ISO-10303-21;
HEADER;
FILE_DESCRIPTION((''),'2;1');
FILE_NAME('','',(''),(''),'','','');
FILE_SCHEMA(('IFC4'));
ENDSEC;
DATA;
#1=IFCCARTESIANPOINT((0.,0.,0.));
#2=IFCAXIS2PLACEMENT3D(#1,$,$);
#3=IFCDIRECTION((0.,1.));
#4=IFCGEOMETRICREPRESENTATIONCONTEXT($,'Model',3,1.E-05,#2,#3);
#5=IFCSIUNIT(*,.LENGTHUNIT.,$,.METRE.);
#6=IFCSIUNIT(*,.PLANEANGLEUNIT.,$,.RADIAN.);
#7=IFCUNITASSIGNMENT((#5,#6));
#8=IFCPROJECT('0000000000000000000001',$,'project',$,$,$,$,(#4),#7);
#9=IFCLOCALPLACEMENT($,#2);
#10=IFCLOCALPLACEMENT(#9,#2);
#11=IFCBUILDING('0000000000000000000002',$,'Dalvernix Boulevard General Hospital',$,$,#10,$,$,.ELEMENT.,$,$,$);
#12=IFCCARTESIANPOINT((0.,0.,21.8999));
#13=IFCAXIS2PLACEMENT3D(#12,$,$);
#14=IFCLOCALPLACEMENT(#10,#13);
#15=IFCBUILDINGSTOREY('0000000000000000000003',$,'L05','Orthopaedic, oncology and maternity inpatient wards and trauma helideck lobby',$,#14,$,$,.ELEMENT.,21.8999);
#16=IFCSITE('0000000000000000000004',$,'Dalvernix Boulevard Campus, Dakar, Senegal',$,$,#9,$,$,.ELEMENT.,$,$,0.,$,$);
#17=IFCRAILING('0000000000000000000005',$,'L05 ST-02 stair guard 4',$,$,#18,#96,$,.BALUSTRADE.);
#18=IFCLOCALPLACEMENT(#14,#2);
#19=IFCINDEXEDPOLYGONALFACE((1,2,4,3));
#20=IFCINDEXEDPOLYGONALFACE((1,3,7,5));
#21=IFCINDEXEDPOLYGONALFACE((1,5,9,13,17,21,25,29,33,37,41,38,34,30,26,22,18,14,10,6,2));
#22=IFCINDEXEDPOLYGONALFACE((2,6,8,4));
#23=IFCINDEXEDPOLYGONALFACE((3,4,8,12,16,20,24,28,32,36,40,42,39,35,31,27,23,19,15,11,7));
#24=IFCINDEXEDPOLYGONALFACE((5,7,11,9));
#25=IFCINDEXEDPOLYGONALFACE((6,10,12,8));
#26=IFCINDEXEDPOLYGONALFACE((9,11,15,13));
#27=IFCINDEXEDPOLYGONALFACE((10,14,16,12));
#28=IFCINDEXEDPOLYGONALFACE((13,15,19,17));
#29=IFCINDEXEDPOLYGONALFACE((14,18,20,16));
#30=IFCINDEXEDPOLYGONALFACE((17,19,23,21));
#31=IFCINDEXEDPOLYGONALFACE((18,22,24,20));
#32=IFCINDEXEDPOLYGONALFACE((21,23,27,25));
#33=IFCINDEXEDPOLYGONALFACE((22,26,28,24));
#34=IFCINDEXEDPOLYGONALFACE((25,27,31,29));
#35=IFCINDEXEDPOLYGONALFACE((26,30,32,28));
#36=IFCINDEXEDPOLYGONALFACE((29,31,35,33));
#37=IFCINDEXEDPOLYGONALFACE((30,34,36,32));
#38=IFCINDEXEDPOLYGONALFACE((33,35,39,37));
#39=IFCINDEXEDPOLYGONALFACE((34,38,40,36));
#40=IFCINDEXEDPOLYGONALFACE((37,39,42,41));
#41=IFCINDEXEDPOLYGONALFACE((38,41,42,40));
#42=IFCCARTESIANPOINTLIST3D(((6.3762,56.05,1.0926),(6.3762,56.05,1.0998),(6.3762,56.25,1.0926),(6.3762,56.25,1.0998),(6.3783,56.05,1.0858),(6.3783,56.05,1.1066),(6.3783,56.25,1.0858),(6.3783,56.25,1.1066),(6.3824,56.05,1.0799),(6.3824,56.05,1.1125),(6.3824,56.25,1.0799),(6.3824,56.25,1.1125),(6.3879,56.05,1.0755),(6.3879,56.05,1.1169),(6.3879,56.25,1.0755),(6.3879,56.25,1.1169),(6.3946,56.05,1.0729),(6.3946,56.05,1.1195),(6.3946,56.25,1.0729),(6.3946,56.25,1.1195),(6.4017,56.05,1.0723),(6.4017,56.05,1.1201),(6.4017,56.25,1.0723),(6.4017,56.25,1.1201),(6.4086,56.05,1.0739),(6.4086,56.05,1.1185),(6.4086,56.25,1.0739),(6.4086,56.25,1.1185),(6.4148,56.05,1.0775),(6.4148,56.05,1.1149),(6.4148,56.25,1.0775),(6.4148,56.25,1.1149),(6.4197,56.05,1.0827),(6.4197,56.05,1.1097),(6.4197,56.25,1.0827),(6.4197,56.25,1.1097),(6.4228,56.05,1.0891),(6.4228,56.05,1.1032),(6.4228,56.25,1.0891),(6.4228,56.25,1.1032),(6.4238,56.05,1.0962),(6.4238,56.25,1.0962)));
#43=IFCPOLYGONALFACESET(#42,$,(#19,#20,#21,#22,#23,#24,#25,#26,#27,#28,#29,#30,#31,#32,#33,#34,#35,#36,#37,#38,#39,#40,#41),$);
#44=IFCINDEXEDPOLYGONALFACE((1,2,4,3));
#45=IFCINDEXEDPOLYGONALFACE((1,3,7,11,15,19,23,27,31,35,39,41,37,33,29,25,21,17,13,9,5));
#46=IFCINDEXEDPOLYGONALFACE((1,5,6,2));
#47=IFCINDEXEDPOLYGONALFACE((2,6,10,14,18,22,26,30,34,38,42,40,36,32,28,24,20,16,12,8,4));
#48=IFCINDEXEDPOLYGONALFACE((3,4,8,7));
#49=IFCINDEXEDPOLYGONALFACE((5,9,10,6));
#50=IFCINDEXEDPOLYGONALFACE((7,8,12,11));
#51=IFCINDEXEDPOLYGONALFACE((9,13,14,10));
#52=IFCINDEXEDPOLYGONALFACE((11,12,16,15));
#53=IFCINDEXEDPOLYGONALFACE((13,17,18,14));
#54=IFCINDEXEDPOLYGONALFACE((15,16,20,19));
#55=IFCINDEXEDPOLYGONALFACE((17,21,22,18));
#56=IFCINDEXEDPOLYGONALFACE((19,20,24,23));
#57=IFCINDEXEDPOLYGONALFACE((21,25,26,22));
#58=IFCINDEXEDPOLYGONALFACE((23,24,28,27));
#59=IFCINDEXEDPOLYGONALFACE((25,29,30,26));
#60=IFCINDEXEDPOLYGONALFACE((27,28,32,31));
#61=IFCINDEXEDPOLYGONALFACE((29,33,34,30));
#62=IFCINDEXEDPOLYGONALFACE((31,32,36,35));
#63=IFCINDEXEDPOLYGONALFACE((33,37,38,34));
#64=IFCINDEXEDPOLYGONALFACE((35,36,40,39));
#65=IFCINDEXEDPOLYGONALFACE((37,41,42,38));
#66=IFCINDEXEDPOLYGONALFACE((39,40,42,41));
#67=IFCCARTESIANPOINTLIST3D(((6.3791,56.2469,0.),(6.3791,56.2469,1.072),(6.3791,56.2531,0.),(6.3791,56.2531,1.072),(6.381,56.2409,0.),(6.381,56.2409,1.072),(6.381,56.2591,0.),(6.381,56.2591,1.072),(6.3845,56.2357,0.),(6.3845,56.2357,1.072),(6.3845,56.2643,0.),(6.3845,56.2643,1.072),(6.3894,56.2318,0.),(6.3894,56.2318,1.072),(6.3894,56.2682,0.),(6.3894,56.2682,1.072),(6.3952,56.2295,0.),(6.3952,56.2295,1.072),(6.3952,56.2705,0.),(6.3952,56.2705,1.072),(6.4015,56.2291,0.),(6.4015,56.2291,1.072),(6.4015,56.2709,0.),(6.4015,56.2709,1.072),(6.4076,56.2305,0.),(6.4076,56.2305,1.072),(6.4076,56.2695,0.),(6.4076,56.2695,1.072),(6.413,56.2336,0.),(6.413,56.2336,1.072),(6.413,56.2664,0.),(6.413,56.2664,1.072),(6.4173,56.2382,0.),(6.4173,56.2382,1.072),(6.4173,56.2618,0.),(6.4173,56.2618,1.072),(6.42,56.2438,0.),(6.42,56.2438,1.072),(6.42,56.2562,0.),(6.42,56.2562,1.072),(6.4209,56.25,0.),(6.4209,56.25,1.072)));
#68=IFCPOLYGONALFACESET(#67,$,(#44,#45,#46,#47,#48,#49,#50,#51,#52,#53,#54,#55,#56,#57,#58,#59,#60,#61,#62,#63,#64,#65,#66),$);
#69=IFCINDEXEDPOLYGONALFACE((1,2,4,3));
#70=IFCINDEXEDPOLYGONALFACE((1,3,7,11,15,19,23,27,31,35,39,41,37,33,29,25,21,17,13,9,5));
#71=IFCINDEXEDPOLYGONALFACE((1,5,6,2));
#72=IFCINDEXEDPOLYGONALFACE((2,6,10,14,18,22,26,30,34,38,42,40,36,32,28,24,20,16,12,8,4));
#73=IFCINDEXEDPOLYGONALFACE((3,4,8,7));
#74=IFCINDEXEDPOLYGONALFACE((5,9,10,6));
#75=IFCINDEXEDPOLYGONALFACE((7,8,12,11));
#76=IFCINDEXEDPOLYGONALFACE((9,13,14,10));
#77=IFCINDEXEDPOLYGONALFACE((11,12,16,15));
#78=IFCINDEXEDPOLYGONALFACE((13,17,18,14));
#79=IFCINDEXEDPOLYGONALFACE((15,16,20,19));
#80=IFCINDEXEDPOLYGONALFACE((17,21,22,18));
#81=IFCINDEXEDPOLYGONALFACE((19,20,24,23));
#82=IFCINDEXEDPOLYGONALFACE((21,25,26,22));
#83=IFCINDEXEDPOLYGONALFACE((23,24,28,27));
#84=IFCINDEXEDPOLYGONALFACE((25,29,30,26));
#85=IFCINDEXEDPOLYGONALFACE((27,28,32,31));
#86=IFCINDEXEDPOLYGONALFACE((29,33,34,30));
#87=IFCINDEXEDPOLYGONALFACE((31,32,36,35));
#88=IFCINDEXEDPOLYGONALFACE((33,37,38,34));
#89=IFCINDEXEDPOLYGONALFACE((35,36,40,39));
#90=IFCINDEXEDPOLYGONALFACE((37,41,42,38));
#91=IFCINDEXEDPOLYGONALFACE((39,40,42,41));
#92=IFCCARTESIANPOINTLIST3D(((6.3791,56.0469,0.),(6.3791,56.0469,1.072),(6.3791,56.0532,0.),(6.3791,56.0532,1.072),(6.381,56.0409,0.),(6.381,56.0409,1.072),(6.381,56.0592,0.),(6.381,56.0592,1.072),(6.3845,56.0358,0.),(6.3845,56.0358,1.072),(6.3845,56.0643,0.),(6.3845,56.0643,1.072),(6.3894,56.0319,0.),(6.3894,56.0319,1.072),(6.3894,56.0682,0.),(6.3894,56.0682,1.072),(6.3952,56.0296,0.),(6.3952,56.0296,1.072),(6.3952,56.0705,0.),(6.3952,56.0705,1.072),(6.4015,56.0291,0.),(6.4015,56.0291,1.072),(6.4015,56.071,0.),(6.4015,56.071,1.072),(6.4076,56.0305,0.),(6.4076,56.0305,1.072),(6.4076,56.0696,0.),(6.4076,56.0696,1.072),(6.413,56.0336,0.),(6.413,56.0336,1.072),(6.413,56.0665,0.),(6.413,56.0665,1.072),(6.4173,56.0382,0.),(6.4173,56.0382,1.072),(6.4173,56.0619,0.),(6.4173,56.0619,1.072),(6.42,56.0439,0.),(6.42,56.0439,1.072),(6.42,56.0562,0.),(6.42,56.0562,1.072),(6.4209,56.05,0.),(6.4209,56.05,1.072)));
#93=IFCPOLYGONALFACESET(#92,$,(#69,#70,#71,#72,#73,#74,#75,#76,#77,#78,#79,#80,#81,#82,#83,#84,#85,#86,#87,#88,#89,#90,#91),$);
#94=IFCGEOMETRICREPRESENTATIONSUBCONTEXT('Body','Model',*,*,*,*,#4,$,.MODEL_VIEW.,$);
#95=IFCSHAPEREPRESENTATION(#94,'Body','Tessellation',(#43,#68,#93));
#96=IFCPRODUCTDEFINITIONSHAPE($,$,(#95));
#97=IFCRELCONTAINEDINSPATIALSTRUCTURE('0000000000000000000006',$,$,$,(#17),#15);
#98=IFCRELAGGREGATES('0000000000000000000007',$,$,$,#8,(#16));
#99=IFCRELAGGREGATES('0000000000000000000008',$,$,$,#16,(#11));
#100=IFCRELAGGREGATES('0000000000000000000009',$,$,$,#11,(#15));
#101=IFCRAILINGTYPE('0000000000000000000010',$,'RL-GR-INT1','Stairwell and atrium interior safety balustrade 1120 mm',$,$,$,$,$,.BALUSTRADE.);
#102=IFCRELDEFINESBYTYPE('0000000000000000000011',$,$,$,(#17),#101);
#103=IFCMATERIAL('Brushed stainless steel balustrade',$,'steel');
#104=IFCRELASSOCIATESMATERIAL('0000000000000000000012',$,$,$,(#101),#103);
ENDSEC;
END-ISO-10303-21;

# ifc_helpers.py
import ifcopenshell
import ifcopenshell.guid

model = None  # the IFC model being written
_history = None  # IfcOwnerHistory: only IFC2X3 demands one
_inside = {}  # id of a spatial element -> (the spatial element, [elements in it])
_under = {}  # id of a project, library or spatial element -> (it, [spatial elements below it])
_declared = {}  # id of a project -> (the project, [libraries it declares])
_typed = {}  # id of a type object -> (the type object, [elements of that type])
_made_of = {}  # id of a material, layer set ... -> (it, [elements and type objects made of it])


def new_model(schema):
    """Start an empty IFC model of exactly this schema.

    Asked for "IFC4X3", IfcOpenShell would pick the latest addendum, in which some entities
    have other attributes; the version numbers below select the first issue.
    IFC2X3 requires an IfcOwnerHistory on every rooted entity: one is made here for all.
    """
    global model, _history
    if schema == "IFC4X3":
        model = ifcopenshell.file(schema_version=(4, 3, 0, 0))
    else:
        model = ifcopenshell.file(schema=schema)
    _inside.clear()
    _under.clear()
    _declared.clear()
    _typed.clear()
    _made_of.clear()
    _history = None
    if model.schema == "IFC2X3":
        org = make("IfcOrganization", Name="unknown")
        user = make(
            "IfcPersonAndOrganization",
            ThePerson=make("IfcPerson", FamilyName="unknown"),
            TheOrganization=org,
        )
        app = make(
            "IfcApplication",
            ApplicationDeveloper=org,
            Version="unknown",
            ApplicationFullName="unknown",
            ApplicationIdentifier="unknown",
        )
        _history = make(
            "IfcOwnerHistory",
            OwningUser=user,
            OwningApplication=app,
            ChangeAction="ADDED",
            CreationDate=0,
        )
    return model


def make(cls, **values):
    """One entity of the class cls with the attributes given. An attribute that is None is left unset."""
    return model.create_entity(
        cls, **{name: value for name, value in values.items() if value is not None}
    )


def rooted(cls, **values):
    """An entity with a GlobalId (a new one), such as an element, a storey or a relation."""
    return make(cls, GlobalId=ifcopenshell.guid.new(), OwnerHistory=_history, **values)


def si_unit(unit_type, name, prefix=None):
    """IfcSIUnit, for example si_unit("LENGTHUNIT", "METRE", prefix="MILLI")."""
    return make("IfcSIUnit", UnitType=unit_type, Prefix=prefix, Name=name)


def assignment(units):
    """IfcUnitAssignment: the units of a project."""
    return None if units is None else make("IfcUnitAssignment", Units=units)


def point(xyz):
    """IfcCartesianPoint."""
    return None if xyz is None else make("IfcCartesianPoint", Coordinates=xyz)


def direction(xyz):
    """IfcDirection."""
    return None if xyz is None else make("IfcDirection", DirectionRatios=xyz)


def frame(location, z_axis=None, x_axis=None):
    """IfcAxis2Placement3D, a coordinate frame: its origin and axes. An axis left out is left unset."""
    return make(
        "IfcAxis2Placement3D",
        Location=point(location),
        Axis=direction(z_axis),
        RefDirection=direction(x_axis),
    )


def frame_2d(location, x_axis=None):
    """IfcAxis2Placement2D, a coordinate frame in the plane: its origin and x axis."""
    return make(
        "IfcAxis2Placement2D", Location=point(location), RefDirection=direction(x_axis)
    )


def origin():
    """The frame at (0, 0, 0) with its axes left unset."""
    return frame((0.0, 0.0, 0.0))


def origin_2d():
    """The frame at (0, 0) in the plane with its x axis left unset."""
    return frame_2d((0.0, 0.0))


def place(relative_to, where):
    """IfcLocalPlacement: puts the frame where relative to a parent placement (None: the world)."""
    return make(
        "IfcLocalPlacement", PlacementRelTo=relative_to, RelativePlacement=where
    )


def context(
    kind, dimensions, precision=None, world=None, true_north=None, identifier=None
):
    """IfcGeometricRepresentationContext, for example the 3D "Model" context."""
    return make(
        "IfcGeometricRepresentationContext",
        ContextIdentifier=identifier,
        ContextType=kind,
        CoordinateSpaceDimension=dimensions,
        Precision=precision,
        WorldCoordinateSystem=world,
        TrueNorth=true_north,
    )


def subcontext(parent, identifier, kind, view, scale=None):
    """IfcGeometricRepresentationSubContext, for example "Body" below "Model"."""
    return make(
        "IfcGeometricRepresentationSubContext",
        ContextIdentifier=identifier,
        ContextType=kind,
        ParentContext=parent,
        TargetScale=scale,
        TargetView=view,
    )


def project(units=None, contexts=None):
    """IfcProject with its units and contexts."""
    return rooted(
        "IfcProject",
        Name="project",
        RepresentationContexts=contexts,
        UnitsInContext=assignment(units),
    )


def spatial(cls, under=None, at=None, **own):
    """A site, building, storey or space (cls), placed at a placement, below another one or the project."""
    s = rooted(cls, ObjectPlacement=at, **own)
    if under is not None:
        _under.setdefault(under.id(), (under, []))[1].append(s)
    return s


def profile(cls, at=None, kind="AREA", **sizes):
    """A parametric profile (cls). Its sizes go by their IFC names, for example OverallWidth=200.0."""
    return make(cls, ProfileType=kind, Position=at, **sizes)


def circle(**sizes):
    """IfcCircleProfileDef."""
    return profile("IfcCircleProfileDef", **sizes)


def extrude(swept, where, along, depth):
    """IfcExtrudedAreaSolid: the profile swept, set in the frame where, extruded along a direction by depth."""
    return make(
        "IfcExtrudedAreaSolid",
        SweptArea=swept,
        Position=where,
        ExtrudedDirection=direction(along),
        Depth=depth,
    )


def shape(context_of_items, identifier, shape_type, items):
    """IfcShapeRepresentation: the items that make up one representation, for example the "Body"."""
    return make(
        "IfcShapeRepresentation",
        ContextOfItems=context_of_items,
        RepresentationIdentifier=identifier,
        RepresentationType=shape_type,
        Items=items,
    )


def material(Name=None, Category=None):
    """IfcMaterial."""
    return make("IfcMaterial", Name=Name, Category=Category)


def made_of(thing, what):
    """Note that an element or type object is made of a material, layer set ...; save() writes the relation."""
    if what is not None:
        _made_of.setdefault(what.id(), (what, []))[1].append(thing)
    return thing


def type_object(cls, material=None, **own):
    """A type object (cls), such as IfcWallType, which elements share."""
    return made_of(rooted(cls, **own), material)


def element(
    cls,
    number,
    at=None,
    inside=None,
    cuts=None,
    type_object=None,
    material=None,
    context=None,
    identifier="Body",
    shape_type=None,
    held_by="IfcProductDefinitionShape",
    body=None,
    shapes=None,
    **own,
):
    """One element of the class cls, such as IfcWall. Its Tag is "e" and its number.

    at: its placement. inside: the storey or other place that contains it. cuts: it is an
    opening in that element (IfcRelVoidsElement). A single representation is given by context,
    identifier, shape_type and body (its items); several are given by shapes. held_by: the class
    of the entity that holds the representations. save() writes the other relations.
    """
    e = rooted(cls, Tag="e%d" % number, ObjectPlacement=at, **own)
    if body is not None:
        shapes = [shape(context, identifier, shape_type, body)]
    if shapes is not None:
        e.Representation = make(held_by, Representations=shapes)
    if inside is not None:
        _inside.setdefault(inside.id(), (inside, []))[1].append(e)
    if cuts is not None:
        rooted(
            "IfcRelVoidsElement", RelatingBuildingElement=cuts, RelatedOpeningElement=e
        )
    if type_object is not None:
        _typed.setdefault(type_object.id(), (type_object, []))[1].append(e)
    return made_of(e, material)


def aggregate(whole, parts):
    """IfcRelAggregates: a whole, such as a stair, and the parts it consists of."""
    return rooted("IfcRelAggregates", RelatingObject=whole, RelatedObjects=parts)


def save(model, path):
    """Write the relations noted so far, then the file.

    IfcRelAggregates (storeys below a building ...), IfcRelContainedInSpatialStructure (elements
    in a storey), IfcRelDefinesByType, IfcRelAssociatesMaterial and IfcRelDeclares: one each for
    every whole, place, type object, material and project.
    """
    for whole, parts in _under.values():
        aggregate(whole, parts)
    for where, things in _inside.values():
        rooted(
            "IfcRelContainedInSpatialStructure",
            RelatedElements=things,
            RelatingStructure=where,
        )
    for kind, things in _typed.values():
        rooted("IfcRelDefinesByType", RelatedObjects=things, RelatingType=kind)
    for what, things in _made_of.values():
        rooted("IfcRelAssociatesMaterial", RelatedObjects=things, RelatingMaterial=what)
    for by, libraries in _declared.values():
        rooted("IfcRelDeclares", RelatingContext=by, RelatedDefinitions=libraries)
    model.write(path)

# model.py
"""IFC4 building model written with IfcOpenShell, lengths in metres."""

from ifc_helpers import new_model, si_unit, direction, frame, origin, origin_2d, place, context, subcontext, project, spatial, circle, extrude, material, type_object, element, save


model = new_model("IFC4")

# Units and contexts
model_context = context("Model", 3, precision=1e-05, world=origin(), true_north=direction((0.0, 1.0)))
body_context = subcontext(model_context, "Body", "Model", "MODEL_VIEW")
ifc_project = project(units=[si_unit("LENGTHUNIT", "METRE"), si_unit("PLANEANGLEUNIT", "RADIAN")], contexts=[model_context])

# Site, building, storey
site_placement = place(None, origin())
site = spatial("IfcSite", under=ifc_project, at=site_placement, Name="Dalvernix Boulevard Campus, Dakar, Senegal", CompositionType="ELEMENT", RefElevation=0.0)
building_placement = place(site_placement, origin())
building = spatial("IfcBuilding", under=site, at=building_placement, Name="Dalvernix Boulevard General Hospital", CompositionType="ELEMENT")
storey_placement = place(building_placement, frame((0.0, 0.0, 21.8999)))
storey = spatial("IfcBuildingStorey", under=building, at=storey_placement, Name="L05", Description="Orthopaedic, oncology and maternity inpatient wards and trauma helideck lobby", CompositionType="ELEMENT", Elevation=21.8999)

# Railing
ifc_material_1 = material(Name="Brushed stainless steel balustrade", Category="steel")
railing_type_1 = type_object("IfcRailingType", Name="RL-GR-INT1", Description="Stairwell and atrium interior safety balustrade 1120 mm", PredefinedType="BALUSTRADE", material=ifc_material_1)
railing_1_placement = place(storey_placement, frame((6.3999, 56.25, 0.0)))
element("IfcRailing", 1, at=railing_1_placement, inside=storey, type_object=railing_type_1, Name="L05 ST-02 stair guard 4", PredefinedType="BALUSTRADE", context=body_context, shape_type="SweptSolid", body=[
    extrude(circle(Radius=0.0239, at=origin_2d()), frame((0.0, 0.0, 1.0962), z_axis=(0.0, -1.0, 0.0), x_axis=(1.0, 0.0, 0.0)), (0.0, 0.0, 1.0), 0.2),
    extrude(circle(Radius=0.021, at=origin_2d()), origin(), (0.0, 0.0, 1.0), 1.072),
    extrude(circle(Radius=0.021, at=origin_2d()), frame((0.0, -0.2, 0.0)), (0.0, 0.0, 1.0), 1.072),
])

save(model, "model.ifc")
